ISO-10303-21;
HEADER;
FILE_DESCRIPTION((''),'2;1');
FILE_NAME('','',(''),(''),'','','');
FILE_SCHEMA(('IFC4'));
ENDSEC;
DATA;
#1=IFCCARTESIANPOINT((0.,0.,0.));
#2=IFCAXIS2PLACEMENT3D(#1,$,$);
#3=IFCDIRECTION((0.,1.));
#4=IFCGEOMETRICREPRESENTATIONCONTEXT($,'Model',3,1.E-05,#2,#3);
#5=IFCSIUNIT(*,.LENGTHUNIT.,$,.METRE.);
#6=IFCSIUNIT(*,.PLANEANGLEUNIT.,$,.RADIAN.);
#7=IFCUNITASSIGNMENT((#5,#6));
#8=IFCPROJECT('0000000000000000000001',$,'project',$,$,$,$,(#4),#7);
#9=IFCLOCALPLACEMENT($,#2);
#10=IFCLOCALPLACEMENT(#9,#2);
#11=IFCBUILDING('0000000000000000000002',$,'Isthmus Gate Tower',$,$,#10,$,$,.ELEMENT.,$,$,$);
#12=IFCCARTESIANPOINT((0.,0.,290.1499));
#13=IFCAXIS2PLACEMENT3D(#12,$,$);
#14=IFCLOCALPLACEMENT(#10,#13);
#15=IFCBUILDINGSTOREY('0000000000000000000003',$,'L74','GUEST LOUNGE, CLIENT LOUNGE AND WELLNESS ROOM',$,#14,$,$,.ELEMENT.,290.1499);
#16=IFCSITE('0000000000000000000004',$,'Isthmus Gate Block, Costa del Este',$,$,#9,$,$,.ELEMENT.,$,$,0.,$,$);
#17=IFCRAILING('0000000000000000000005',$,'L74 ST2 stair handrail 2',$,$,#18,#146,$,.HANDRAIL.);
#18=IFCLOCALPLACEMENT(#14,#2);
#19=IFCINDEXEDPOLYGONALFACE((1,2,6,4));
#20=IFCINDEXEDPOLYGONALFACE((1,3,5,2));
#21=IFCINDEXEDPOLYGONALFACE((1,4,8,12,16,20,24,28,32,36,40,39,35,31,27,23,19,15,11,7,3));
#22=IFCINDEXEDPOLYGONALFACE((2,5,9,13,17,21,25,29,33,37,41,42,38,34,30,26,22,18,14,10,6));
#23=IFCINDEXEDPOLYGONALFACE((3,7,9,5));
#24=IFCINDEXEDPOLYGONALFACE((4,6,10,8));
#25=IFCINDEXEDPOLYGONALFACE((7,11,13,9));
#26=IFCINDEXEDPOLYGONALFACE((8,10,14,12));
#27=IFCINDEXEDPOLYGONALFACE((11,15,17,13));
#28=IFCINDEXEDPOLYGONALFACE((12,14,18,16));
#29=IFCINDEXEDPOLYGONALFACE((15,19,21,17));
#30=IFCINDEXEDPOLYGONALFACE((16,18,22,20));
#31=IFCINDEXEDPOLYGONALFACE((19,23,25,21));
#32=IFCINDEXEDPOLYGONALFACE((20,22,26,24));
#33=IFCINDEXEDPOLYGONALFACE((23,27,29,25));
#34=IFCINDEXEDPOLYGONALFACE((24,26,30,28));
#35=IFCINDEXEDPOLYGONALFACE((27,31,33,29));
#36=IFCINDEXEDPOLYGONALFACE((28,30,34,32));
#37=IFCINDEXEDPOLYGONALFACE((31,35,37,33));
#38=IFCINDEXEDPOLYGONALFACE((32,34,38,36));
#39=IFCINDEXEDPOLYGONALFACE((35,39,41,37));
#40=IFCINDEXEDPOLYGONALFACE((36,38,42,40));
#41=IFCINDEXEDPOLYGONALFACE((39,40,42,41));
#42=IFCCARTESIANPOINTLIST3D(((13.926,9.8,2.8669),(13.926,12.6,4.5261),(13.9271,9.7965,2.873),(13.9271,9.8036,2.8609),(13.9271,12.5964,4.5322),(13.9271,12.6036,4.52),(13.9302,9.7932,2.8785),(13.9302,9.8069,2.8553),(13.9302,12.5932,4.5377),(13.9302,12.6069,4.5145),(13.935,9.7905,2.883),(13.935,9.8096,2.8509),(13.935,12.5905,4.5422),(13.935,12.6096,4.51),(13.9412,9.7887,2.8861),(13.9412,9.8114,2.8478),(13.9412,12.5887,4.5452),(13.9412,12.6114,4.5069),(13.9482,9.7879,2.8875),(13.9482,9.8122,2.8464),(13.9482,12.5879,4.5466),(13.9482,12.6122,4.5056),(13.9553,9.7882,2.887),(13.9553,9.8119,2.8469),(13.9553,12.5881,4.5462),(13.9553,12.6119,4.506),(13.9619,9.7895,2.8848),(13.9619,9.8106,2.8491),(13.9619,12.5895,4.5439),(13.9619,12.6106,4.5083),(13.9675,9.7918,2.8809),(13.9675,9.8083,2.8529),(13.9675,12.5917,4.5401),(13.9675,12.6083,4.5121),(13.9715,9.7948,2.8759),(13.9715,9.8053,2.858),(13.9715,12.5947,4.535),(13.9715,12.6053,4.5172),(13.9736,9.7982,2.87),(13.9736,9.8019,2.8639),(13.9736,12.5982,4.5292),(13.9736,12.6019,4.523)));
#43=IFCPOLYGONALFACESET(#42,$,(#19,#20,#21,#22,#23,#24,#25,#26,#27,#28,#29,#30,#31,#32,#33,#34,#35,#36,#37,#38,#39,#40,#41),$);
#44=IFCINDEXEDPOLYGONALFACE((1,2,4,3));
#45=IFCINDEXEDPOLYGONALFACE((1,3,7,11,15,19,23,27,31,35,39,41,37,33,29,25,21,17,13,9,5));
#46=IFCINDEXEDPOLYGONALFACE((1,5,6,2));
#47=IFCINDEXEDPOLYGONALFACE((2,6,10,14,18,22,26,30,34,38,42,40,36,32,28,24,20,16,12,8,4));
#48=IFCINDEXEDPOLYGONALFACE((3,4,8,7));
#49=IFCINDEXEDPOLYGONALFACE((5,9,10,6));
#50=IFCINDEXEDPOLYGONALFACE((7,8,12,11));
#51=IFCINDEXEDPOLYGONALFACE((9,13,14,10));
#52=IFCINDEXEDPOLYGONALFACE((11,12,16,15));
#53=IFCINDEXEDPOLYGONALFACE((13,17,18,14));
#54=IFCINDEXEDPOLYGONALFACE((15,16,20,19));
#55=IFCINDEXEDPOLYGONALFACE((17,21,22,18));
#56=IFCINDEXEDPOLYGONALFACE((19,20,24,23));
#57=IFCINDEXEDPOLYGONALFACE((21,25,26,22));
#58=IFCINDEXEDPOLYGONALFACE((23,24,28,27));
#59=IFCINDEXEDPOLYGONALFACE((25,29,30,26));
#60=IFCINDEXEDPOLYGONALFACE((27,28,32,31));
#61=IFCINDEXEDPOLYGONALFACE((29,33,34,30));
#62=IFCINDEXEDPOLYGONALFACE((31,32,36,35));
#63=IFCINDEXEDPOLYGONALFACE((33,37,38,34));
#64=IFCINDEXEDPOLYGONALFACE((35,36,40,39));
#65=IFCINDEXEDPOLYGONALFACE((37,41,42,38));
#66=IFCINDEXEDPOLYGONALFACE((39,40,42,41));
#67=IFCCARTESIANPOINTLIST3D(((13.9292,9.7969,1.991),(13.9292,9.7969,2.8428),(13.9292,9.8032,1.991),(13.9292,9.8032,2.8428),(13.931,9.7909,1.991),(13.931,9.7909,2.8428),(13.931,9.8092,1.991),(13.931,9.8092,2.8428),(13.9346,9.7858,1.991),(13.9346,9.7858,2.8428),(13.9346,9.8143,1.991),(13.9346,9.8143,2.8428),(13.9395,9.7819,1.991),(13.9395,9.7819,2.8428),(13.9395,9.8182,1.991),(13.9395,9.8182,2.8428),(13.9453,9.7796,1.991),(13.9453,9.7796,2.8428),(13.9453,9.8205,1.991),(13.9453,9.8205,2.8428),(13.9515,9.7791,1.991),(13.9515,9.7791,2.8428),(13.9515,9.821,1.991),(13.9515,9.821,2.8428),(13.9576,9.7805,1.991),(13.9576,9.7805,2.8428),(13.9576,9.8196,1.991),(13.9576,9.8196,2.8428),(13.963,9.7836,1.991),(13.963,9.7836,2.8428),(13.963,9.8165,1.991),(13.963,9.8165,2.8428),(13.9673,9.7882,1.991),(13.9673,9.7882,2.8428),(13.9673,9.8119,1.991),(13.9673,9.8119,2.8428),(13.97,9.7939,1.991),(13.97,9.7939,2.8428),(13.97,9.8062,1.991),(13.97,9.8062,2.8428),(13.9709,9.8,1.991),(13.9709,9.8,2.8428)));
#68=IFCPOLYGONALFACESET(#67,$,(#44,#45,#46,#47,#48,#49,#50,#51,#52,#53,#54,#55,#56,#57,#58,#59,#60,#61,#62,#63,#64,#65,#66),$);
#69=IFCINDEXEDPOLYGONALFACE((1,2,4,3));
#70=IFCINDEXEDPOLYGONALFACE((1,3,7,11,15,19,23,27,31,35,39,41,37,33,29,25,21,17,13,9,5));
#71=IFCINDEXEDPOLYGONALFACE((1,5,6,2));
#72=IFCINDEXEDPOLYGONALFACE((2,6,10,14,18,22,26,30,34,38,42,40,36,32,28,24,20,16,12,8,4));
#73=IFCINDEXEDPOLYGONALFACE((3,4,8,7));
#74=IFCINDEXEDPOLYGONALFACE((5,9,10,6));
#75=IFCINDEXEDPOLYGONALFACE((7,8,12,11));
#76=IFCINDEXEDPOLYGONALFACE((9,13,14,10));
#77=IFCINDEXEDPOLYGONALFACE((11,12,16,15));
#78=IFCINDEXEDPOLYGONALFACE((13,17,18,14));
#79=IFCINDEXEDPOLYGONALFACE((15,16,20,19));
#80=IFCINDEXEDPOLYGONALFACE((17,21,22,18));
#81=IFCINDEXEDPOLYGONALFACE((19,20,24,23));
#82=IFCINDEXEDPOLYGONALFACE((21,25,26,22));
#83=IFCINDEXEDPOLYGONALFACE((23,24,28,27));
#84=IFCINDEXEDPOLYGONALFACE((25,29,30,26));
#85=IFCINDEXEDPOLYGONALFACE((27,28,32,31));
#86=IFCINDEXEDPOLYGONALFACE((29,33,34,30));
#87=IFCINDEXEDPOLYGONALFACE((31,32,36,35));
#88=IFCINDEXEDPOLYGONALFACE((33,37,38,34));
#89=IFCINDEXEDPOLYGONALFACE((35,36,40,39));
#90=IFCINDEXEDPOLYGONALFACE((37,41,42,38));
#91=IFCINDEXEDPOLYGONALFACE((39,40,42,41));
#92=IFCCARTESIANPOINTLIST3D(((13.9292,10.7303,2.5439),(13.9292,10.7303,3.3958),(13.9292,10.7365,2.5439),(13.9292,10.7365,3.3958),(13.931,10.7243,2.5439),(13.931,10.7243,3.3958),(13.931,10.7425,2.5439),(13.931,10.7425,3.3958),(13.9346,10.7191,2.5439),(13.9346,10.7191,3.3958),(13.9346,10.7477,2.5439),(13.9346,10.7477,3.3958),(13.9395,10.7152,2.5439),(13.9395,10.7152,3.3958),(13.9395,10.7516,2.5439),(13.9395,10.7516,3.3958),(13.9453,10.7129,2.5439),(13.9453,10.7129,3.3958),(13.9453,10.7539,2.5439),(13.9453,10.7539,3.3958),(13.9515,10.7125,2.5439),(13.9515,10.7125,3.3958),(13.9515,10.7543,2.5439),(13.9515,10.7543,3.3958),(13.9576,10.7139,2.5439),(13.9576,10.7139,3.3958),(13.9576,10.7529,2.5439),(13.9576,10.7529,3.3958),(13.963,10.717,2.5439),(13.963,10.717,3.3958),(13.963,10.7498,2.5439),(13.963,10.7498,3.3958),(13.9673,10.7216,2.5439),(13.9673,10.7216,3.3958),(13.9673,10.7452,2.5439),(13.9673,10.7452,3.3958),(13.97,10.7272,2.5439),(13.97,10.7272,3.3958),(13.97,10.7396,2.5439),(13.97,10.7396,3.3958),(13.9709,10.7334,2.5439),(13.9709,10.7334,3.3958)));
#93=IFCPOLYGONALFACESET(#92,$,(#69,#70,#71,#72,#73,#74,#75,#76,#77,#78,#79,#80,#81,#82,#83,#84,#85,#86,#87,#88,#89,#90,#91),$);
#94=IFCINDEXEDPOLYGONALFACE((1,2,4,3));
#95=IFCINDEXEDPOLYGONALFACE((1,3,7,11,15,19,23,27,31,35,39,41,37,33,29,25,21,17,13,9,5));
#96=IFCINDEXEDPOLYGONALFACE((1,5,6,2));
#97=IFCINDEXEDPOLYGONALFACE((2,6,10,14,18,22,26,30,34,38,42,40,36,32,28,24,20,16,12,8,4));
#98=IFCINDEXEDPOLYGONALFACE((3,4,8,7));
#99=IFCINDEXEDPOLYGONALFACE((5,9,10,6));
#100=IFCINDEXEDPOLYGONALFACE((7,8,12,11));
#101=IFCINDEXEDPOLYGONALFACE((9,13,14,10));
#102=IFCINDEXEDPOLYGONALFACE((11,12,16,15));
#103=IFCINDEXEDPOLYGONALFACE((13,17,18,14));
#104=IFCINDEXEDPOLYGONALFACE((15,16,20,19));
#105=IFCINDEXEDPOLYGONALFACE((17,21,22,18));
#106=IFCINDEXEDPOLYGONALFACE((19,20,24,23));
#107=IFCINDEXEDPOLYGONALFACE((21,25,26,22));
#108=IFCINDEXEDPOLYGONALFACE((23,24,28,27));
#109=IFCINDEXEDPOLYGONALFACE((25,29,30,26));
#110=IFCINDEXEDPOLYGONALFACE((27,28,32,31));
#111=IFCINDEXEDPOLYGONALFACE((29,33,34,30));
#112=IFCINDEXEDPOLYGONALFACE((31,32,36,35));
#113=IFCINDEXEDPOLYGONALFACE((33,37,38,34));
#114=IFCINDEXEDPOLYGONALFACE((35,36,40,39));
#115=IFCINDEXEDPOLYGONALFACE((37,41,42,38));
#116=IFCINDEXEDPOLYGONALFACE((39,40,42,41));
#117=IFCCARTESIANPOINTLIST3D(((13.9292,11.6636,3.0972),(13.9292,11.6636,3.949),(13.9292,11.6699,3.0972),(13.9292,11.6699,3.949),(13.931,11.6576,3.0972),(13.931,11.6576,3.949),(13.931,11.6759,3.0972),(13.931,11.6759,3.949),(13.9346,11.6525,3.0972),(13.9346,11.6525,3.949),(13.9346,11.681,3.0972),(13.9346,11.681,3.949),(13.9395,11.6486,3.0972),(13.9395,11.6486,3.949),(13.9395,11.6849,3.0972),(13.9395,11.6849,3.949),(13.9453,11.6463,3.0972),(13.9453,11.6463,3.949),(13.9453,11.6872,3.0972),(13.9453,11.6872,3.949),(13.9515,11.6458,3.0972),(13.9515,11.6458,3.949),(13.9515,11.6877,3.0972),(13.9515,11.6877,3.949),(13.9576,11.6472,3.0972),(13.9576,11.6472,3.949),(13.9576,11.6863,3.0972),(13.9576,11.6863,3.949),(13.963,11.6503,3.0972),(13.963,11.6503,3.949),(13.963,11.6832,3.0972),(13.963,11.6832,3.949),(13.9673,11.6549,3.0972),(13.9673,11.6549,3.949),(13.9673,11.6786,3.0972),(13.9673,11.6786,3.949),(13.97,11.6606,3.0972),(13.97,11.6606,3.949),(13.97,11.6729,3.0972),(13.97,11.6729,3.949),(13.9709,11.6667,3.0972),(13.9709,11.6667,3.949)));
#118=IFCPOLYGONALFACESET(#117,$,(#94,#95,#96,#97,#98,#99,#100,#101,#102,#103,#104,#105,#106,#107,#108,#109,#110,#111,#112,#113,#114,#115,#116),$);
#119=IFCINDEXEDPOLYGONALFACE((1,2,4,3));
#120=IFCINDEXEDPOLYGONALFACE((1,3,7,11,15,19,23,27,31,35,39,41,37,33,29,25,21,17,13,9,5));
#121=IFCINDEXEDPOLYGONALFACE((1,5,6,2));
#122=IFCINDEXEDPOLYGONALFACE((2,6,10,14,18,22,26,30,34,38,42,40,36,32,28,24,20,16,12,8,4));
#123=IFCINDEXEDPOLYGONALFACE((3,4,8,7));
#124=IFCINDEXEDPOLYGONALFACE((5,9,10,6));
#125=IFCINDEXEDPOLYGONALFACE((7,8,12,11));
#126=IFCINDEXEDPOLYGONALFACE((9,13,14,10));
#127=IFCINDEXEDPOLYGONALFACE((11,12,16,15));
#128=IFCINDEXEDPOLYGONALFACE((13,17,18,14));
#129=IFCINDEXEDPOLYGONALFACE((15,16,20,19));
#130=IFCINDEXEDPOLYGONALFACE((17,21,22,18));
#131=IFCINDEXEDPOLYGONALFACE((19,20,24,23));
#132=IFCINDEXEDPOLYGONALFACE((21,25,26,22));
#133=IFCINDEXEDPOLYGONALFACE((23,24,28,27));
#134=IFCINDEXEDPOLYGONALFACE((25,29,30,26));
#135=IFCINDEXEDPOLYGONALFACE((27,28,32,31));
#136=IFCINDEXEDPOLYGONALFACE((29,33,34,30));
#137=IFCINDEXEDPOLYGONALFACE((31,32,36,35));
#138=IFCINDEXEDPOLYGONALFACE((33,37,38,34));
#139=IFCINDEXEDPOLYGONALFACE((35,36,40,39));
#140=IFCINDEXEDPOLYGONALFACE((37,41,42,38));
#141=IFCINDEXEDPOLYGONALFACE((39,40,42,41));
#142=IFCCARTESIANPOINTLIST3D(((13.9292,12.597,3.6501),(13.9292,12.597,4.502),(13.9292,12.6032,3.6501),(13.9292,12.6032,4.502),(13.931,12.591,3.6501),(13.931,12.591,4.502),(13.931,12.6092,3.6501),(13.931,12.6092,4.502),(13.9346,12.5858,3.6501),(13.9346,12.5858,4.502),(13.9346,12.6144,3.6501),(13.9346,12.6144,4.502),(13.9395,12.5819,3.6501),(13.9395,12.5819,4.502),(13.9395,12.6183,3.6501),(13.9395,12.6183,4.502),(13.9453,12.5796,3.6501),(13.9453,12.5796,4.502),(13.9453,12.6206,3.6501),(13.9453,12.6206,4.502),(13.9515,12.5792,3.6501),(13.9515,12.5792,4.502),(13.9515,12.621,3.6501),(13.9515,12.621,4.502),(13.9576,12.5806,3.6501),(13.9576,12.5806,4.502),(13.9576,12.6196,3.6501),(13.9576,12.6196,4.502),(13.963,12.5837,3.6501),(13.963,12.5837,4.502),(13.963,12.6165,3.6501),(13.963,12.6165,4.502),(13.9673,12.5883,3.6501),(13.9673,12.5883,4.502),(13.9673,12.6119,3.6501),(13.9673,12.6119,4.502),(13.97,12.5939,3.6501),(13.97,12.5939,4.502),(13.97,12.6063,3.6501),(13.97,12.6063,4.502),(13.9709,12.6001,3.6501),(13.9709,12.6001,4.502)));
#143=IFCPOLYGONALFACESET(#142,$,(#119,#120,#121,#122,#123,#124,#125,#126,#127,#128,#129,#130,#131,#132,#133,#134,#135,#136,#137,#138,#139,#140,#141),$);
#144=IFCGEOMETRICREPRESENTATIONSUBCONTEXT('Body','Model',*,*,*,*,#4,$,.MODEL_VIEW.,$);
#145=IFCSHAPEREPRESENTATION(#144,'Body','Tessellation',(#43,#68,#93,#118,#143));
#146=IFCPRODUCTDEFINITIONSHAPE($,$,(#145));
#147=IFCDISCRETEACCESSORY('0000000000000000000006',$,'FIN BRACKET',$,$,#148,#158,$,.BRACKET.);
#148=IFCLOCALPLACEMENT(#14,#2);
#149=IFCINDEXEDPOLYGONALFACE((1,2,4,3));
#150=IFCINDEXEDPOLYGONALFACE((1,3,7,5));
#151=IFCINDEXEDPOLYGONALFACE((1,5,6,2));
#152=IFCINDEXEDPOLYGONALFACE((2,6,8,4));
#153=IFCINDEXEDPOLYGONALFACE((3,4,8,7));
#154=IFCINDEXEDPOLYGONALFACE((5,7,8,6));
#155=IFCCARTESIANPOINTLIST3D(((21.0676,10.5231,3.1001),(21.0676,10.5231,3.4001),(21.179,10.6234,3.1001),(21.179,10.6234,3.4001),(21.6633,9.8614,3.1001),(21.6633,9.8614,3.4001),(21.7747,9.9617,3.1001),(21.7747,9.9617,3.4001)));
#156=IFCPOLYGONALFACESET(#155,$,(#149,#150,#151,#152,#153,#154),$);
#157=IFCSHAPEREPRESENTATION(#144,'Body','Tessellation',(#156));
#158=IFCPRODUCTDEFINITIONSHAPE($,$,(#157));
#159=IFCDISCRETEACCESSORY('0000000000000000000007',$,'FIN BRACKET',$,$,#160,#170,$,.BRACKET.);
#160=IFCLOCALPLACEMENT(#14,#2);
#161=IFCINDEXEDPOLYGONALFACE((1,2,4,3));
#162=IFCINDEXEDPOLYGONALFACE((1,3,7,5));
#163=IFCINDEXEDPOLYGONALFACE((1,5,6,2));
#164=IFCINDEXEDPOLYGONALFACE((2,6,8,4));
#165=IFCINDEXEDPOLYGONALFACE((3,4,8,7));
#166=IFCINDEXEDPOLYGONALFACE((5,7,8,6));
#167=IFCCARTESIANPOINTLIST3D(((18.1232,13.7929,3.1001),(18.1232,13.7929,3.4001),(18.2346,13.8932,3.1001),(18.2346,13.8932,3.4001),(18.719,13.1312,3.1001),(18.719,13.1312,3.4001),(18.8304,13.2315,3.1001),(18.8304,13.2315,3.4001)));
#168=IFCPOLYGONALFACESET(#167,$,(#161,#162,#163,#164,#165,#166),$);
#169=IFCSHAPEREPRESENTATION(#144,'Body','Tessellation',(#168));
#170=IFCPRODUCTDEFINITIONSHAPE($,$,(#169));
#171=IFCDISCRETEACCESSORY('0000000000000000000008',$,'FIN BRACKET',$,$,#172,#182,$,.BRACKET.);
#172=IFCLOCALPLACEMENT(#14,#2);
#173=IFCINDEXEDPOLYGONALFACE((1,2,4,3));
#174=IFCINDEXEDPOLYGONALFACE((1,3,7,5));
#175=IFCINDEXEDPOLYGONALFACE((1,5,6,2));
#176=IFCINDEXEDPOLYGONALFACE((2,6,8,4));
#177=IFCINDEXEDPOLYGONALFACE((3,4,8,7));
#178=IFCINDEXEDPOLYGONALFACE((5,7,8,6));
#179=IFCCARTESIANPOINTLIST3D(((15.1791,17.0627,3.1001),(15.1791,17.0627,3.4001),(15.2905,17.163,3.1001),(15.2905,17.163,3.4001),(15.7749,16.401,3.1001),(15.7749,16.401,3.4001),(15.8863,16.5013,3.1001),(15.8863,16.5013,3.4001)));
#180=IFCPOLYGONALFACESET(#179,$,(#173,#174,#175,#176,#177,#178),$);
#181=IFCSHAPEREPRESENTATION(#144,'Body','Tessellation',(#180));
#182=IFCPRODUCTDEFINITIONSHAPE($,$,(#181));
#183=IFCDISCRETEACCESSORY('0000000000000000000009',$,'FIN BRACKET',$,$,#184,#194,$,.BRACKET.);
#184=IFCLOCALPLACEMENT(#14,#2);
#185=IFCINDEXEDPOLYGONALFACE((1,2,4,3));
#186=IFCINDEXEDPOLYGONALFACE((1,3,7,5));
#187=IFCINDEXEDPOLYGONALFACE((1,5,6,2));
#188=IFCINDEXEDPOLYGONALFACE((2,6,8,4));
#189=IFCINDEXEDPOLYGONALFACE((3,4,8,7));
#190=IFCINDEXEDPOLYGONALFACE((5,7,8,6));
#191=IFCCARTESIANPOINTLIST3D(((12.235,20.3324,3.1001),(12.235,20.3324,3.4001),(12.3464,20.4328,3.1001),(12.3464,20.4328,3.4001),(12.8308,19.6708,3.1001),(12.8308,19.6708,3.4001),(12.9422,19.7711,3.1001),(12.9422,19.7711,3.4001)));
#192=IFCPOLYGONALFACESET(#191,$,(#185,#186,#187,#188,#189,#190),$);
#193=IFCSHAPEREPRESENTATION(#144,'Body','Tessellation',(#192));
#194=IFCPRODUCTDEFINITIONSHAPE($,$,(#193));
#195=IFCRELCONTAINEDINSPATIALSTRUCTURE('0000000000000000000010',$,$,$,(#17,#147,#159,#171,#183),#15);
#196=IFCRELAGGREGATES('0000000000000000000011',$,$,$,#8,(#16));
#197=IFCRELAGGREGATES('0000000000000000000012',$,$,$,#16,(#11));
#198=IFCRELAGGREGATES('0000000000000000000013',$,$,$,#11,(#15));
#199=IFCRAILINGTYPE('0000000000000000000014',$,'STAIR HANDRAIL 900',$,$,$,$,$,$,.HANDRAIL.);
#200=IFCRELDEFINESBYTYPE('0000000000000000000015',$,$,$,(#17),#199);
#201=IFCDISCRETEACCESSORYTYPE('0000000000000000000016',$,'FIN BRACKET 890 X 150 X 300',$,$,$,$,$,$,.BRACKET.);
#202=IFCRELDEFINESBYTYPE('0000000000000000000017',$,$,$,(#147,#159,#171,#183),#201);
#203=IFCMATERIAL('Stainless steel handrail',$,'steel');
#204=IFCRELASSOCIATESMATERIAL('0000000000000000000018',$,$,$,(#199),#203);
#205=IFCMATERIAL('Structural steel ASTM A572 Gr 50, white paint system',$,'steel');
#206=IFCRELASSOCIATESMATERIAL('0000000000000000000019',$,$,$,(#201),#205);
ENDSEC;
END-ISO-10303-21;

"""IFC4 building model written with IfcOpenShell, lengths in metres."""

from ifc_helpers import new_model, si_unit, direction, frame, origin, origin_2d, place, context, subcontext, project, spatial, rectangle, circle, extrude, material, type_object, element, save


model = new_model("IFC4")

# Units and contexts
model_context = context("Model", 3, precision=1e-05, world=origin(), true_north=direction((0.0, 1.0)))
body_context = subcontext(model_context, "Body", "Model", "MODEL_VIEW")
ifc_project = project(units=[si_unit("LENGTHUNIT", "METRE"), si_unit("PLANEANGLEUNIT", "RADIAN")], contexts=[model_context])

# Site, building, storey
site_placement = place(None, origin())
site = spatial("IfcSite", under=ifc_project, at=site_placement, Name="Isthmus Gate Block, Costa del Este", CompositionType="ELEMENT", RefElevation=0.0)
building_placement = place(site_placement, origin())
building = spatial("IfcBuilding", under=site, at=building_placement, Name="Isthmus Gate Tower", CompositionType="ELEMENT")
storey_placement = place(building_placement, frame((0.0, 0.0, 290.1499)))
storey = spatial("IfcBuildingStorey", under=building, at=storey_placement, Name="L74", Description="GUEST LOUNGE, CLIENT LOUNGE AND WELLNESS ROOM", CompositionType="ELEMENT", Elevation=290.1499)

# Railing
ifc_material_1 = material(Name="Stainless steel handrail", Category="steel")
railing_type_1 = type_object("IfcRailingType", Name="STAIR HANDRAIL 900", PredefinedType="HANDRAIL", material=ifc_material_1)
railing_1_placement = place(storey_placement, frame((13.95, 9.8, 1.991)))
element("IfcRailing", 1, at=railing_1_placement, inside=storey, type_object=railing_type_1, Name="L74 ST2 stair handrail 2", PredefinedType="HANDRAIL", context=body_context, shape_type="SweptSolid", body=[
    extrude(circle(Radius=0.0239, at=origin_2d()), frame((0.0, 0.0, 0.876), z_axis=(0.0, 0.860306, 0.509778), x_axis=(-1.0, 0.0, 0.0)), (0.0, 0.0, 1.0), 3.2546),
    extrude(circle(Radius=0.021, at=origin_2d()), origin(), (0.0, 0.0, 1.0), 0.8518),
    extrude(circle(Radius=0.021, at=origin_2d()), frame((0.0, 0.9333, 0.553)), (0.0, 0.0, 1.0), 0.8518),
    extrude(circle(Radius=0.021, at=origin_2d()), frame((0.0, 1.8667, 1.1062)), (0.0, 0.0, 1.0), 0.8518),
    extrude(circle(Radius=0.021, at=origin_2d()), frame((0.0, 2.8, 1.6592)), (0.0, 0.0, 1.0), 0.8518),
])

# Discrete accessories
ifc_material_2 = material(Name="Structural steel ASTM A572 Gr 50, white paint system", Category="steel")
discrete_accessory_type = type_object("IfcDiscreteAccessoryType", Name="FIN BRACKET 890 X 150 X 300", PredefinedType="BRACKET", material=ifc_material_2)
for number, where, z_axis, x_axis, name in (
    (2, (21.4211, 10.2424, 3.1001), (0.0, 0.0, 1.0), (0.743145, 0.669131, 0.0), "FIN BRACKET"),
    (3, (18.4768, 13.5122, 3.1001), (0.0, 0.0, 1.0), (0.743145, 0.669131, 0.0), "FIN BRACKET"),
    (4, (15.5327, 16.782, 3.1001), (0.0, 0.0, 1.0), (0.743145, 0.669131, 0.0), "FIN BRACKET"),
    (5, (12.5886, 20.0518, 3.1001), (0.0, 0.0, 1.0), (0.743145, 0.669131, 0.0), "FIN BRACKET"),
):
    element("IfcDiscreteAccessory", number, at=place(storey_placement, frame(where, z_axis=z_axis, x_axis=x_axis)), inside=storey, type_object=discrete_accessory_type, Name=name, PredefinedType="BRACKET", context=body_context, shape_type="SweptSolid", body=[
        extrude(rectangle(XDim=0.1499, YDim=0.8904, at=origin_2d()), origin(), (0.0, 0.0, 1.0), 0.3),
    ])

save(model, "model.ifc")
